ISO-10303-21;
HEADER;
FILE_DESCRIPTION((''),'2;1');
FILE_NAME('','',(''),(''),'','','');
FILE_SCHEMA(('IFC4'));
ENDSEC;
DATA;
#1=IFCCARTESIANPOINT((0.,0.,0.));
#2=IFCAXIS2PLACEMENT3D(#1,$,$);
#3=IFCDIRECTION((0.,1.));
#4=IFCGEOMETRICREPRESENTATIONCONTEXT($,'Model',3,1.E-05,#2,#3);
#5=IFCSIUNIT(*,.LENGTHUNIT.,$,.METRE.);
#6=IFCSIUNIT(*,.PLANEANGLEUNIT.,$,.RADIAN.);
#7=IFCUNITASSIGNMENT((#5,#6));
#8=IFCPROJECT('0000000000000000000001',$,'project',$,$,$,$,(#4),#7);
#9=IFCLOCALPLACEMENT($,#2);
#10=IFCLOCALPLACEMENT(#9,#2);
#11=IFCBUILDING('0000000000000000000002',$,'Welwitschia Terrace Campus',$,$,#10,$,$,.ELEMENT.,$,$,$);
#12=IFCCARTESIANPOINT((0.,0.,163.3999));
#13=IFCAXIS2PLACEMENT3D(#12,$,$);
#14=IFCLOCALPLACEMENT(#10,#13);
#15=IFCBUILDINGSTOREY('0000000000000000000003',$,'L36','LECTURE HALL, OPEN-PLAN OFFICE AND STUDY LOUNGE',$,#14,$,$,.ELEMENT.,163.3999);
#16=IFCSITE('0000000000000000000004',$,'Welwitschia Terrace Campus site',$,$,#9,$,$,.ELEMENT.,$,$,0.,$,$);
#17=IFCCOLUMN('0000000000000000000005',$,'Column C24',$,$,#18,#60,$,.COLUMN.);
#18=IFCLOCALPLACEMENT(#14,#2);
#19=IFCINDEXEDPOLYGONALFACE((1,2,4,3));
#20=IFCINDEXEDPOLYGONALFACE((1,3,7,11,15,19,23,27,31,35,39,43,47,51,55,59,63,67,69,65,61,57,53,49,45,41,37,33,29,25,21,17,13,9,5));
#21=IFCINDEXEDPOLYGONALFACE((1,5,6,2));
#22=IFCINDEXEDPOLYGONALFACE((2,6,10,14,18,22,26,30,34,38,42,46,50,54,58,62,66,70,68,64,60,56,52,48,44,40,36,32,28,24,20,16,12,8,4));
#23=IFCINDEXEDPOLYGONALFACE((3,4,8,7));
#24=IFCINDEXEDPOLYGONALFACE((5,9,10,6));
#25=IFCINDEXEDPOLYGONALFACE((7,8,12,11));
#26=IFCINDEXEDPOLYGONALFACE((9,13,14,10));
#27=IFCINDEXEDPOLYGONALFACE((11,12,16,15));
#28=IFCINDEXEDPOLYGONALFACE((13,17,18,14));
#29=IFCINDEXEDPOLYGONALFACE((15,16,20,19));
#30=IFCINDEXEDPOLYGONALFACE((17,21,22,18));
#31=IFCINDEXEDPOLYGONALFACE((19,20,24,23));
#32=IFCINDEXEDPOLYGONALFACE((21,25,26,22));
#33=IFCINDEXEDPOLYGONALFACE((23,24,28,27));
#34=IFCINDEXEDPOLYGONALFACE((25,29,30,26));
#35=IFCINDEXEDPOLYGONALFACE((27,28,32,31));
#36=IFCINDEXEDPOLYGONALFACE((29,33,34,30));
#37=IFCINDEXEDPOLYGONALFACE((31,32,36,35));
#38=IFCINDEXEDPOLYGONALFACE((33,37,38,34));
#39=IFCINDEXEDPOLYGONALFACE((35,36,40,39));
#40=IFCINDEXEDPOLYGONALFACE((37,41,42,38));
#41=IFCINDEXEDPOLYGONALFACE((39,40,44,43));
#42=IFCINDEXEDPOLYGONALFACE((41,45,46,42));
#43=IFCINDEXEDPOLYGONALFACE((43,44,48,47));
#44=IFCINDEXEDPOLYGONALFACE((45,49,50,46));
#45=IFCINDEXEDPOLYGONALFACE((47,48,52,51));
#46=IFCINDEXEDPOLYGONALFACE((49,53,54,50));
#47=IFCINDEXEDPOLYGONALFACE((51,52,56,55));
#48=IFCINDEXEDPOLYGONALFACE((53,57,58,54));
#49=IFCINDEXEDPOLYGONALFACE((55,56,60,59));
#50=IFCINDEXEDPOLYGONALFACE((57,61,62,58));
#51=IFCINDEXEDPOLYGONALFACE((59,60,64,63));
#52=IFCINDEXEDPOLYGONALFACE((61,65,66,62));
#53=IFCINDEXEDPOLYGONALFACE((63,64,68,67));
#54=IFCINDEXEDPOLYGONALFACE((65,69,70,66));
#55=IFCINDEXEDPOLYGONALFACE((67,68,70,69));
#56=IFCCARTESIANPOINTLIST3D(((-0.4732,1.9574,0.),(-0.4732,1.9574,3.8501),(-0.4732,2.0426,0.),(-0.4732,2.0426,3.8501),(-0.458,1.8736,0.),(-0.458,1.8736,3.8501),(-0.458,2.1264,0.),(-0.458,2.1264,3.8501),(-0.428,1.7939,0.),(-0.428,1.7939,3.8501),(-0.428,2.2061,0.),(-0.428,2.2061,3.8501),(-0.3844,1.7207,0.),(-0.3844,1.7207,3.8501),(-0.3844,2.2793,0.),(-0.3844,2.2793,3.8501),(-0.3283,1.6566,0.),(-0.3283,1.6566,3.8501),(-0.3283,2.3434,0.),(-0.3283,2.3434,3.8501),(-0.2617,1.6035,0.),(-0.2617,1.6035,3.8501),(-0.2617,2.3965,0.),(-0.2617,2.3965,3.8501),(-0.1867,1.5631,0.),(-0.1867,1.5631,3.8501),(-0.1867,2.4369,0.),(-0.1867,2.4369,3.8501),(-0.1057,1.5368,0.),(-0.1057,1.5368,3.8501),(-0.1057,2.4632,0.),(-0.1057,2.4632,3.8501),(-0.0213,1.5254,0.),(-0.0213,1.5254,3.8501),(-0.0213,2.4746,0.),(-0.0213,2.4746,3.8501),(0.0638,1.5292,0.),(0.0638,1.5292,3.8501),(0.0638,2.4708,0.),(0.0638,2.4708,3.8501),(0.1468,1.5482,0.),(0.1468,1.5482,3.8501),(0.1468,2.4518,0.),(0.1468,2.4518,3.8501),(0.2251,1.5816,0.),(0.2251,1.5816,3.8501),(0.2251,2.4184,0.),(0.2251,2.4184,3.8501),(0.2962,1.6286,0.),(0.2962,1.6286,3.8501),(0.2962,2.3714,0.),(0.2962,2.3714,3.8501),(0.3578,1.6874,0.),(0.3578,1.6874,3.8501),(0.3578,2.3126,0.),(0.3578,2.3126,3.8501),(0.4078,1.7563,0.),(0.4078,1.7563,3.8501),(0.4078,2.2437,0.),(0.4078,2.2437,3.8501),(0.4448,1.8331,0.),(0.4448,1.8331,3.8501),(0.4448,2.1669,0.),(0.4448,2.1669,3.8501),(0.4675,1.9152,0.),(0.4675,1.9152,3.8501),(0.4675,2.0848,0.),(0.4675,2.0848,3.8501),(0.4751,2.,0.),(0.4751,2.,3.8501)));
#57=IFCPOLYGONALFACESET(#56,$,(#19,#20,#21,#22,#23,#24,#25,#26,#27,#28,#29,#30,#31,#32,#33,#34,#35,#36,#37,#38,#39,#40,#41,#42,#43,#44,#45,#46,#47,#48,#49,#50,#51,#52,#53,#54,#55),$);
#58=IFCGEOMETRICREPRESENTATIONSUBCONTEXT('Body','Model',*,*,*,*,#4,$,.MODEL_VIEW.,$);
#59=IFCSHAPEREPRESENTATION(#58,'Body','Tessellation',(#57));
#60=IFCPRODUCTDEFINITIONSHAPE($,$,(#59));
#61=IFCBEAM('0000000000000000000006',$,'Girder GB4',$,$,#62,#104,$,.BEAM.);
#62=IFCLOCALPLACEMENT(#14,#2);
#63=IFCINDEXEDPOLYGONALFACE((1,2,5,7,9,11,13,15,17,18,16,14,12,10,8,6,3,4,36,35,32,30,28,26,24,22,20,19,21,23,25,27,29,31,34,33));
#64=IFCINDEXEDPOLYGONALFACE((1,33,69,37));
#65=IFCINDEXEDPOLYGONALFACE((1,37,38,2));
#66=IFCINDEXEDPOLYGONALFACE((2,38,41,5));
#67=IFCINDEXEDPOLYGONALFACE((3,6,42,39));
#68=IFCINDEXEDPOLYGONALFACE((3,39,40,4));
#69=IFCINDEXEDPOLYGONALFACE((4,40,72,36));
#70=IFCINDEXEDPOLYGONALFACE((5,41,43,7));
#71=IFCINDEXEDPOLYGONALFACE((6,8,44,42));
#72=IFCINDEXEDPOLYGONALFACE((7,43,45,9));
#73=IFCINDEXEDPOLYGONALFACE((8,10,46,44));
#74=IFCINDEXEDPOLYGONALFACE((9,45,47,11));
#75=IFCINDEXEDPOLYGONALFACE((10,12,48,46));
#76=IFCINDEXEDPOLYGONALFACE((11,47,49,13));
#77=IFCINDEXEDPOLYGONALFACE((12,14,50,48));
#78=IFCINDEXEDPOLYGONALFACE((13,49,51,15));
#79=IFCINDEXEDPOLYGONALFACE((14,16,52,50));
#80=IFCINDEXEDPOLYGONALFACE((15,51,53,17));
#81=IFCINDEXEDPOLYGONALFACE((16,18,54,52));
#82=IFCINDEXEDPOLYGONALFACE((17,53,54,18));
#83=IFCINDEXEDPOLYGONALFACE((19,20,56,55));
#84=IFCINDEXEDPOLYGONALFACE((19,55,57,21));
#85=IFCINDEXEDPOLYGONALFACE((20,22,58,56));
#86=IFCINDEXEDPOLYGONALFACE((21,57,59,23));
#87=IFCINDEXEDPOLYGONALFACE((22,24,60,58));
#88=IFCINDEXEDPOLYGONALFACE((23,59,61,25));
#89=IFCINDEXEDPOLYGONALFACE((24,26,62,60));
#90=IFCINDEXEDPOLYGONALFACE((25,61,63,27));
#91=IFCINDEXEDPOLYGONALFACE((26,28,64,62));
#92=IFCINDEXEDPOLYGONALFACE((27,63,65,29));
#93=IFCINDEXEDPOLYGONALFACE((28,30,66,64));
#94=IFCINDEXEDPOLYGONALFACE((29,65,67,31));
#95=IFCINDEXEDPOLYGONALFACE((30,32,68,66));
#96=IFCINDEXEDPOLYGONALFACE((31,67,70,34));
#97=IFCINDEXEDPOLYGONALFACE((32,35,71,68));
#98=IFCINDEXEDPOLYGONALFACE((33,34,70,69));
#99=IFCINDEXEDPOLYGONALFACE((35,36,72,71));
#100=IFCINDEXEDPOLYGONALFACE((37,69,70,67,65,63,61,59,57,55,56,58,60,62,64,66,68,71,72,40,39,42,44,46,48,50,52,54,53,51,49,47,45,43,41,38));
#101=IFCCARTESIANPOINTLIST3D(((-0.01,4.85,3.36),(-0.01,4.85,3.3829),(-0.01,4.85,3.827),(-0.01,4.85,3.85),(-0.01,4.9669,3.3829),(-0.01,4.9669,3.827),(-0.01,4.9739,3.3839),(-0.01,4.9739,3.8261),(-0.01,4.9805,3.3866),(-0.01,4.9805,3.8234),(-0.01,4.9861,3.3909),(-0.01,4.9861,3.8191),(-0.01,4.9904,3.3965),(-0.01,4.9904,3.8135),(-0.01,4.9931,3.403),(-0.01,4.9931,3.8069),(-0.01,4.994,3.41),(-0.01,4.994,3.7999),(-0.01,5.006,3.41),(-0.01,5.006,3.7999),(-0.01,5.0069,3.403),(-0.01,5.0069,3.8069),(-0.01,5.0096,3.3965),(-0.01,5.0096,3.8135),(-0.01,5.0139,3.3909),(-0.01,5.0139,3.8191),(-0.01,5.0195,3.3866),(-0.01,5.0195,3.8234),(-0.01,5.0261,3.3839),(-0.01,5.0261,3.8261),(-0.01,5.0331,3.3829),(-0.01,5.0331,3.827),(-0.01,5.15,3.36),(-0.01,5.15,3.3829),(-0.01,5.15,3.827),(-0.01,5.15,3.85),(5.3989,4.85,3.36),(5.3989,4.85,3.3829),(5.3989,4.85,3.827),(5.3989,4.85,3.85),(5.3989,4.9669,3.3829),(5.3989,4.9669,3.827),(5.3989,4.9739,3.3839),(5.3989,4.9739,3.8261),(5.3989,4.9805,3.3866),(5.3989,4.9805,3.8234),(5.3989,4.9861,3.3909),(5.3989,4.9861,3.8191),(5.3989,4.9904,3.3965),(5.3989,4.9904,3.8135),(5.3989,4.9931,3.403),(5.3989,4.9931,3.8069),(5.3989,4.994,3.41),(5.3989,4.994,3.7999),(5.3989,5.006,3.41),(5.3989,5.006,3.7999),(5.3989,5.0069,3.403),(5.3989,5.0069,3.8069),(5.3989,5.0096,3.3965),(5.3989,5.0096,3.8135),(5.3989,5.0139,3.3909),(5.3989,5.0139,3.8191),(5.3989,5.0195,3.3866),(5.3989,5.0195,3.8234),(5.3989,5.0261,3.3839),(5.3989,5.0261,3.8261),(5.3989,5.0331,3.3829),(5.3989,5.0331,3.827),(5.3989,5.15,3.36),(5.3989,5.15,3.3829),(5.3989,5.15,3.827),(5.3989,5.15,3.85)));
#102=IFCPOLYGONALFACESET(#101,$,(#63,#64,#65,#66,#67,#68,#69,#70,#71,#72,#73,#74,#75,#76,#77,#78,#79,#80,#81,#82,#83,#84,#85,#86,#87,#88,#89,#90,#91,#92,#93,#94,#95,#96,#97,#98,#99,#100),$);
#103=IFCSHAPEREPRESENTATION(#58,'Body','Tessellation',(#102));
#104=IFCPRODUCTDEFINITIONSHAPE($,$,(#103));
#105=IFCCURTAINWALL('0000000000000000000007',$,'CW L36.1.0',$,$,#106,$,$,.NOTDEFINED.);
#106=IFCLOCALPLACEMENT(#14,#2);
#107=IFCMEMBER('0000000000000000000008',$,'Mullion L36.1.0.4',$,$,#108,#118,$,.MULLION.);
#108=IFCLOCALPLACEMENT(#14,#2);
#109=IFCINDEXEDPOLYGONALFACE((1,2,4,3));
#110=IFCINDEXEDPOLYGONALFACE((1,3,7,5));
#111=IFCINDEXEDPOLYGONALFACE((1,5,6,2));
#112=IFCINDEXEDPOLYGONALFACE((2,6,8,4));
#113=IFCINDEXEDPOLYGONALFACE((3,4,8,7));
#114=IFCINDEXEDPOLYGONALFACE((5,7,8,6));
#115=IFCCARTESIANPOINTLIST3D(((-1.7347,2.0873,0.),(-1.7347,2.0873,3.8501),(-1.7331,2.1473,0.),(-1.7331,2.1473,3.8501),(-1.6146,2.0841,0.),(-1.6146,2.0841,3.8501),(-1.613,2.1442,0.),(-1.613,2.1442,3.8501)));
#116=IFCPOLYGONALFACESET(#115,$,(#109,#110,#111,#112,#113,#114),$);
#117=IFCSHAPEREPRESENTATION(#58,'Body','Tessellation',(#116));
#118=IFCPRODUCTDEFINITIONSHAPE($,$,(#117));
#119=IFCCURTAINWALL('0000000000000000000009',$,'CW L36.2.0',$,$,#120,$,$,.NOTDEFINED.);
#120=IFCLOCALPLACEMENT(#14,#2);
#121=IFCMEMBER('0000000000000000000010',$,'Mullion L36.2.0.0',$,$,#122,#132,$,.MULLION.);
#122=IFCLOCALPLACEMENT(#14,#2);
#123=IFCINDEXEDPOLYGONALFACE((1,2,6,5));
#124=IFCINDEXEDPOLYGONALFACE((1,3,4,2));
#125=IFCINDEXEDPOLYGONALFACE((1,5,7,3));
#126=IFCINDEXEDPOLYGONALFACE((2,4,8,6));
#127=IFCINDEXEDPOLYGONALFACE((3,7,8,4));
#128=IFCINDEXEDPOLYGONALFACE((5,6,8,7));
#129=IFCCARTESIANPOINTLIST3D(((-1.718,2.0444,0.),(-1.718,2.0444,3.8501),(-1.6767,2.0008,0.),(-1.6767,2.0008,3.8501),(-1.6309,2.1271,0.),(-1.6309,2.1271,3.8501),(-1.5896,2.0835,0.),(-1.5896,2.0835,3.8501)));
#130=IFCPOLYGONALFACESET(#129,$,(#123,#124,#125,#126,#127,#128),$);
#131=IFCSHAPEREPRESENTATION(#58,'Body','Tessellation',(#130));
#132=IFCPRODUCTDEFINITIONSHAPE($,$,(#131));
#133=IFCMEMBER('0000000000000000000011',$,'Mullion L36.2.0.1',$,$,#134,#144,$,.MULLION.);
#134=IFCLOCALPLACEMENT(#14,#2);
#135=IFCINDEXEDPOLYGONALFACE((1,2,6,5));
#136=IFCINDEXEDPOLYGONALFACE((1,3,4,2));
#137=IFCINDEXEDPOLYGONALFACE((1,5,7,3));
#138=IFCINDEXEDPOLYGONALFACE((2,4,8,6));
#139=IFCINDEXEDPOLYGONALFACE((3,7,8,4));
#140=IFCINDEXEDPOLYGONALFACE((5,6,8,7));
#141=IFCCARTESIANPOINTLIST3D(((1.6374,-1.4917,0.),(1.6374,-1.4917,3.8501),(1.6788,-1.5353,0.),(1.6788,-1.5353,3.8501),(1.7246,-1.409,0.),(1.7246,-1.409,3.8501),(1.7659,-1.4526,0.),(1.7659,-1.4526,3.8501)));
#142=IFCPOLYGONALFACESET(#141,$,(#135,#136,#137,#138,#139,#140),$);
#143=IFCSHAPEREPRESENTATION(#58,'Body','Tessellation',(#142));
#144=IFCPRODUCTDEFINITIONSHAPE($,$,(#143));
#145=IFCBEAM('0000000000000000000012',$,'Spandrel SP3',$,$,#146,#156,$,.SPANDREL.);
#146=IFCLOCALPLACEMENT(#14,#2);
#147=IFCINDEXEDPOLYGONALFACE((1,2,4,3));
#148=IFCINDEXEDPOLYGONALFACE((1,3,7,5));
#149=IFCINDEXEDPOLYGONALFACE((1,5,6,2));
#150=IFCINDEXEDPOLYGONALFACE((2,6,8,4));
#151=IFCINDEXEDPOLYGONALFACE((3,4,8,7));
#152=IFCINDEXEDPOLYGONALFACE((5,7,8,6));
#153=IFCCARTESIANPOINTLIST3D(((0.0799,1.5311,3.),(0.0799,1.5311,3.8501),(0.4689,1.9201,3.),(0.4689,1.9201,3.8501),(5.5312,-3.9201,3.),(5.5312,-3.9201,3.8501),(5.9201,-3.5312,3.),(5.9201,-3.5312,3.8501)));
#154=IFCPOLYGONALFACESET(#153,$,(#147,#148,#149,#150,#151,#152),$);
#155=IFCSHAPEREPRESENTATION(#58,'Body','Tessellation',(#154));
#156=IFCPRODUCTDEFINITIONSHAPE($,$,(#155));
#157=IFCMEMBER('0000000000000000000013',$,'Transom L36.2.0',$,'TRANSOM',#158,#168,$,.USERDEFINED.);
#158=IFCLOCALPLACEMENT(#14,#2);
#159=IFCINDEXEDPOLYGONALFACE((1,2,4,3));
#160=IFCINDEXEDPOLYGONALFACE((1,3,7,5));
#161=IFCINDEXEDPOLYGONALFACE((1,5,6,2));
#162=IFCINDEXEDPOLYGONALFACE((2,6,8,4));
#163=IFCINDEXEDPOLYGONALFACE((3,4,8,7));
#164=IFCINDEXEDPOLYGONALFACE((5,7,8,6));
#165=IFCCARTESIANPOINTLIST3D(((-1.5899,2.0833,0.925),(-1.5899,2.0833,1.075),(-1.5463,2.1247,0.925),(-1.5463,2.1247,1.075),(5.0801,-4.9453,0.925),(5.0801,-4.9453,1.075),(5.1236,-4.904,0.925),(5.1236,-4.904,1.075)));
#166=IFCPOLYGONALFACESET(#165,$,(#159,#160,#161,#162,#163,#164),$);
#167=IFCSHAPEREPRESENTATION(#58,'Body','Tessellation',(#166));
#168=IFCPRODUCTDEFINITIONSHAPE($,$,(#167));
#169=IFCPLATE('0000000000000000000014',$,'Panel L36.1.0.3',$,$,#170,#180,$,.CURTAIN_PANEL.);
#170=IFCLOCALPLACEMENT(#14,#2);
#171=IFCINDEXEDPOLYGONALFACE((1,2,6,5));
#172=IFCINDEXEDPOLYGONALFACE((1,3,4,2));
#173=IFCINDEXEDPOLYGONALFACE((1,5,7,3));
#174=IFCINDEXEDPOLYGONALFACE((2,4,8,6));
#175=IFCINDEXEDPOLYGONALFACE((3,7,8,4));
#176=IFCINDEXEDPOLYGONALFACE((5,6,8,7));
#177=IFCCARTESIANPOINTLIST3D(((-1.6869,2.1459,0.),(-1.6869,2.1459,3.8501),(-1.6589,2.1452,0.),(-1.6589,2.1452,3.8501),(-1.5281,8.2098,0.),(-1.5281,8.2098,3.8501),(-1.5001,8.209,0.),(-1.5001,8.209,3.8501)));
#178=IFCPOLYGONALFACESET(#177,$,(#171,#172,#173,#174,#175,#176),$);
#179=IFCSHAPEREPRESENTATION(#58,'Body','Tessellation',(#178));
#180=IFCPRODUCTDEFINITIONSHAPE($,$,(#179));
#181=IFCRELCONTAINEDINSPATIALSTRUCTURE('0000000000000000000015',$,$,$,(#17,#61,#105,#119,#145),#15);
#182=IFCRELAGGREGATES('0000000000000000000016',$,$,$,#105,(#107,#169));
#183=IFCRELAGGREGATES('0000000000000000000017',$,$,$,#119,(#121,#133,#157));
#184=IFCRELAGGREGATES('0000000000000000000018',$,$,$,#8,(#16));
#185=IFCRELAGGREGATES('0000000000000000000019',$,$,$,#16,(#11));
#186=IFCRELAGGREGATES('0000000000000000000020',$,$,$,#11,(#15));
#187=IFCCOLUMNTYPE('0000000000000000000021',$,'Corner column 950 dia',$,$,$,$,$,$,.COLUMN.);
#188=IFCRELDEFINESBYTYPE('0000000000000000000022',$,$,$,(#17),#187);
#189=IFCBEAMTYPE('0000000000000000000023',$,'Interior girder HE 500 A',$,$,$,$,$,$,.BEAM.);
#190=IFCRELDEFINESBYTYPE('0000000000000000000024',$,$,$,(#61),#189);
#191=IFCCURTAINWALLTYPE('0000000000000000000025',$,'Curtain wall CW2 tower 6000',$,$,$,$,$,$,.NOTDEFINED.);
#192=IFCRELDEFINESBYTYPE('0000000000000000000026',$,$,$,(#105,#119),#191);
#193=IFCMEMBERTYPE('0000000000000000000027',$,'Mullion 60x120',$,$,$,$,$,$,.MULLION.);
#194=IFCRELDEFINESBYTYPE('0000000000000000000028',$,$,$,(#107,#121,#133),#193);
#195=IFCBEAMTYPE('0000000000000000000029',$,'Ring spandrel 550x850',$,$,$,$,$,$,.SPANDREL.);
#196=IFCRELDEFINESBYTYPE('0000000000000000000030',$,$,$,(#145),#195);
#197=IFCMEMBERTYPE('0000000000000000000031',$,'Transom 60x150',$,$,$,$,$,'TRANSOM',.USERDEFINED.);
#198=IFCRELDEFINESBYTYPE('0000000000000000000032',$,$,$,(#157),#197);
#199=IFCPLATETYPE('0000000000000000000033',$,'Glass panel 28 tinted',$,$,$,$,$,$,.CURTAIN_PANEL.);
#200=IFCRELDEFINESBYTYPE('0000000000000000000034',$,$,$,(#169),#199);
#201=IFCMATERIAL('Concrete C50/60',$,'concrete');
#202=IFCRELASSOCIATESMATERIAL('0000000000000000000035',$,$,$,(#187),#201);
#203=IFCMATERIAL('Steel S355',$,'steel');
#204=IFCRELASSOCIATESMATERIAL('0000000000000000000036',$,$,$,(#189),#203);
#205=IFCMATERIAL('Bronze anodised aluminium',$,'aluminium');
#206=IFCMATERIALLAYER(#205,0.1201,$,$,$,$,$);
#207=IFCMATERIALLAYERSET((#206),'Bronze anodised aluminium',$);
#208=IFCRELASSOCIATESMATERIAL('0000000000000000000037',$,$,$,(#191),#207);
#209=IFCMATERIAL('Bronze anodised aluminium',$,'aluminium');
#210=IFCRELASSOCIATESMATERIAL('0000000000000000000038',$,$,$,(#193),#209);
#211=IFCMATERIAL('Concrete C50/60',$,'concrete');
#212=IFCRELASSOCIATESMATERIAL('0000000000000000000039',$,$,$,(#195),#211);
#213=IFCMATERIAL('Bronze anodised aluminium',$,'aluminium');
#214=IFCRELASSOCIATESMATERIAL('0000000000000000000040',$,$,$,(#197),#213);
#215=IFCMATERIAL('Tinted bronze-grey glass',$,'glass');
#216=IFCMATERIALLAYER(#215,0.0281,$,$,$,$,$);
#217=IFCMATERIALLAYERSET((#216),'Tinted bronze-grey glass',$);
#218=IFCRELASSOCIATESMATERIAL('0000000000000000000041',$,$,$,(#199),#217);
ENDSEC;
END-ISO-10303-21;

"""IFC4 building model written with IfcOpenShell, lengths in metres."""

from ifc_helpers import new_model, si_unit, direction, frame, origin, origin_2d, place, context, subcontext, project, spatial, rectangle, circle, i_section, extrude, material, layer, layer_set, material_profile, profile_set, type_object, element, aggregate, save


model = new_model("IFC4")

# Units and contexts
model_context = context("Model", 3, precision=1e-05, world=origin(), true_north=direction((0.0, 1.0)))
body_context = subcontext(model_context, "Body", "Model", "MODEL_VIEW")
ifc_project = project(units=[si_unit("LENGTHUNIT", "METRE"), si_unit("PLANEANGLEUNIT", "RADIAN")], contexts=[model_context])

# Site, building, storey
site_placement = place(None, origin())
site = spatial("IfcSite", under=ifc_project, at=site_placement, Name="Welwitschia Terrace Campus site", CompositionType="ELEMENT", RefElevation=0.0)
building_placement = place(site_placement, origin())
building = spatial("IfcBuilding", under=site, at=building_placement, Name="Welwitschia Terrace Campus", CompositionType="ELEMENT")
storey_placement = place(building_placement, frame((0.0, 0.0, 163.3999)))
storey = spatial("IfcBuildingStorey", under=building, at=storey_placement, Name="L36", Description="LECTURE HALL, OPEN-PLAN OFFICE AND STUDY LOUNGE", CompositionType="ELEMENT", Elevation=163.3999)

# Column
ifc_material_1 = material(Name="Concrete C50/60", Category="concrete")
ifc_material_profile_1 = material_profile(ifc_material_1, circle(Radius=0.4751, at=origin_2d()))
ifc_profile_set_1 = profile_set([ifc_material_profile_1], Name="Concrete C50/60")
column_type = type_object("IfcColumnType", Name="Corner column 950 dia", PredefinedType="COLUMN", material=ifc_profile_set_1)
column_placement = place(storey_placement, frame((0.0, 2.0, 0.0), z_axis=(0.0, 0.0, 1.0), x_axis=(1.0, 0.0, 0.0)))
element("IfcColumn", 1, at=column_placement, inside=storey, type_object=column_type, Name="Column C24", PredefinedType="COLUMN", context=body_context, shape_type="SweptSolid", body=[
    extrude(circle(Radius=0.4751, at=origin_2d()), origin(), (0.0, 0.0, 1.0), 3.8501),
])

# Beam
ifc_material_2 = material(Name="Steel S355", Category="steel")
ifc_material_profile_2 = material_profile(ifc_material_2, i_section(OverallWidth=0.3, OverallDepth=0.49, WebThickness=0.012, FlangeThickness=0.0229, FilletRadius=0.0271, at=origin_2d()))
ifc_profile_set_2 = profile_set([ifc_material_profile_2], Name="Steel S355")
beam_type_1 = type_object("IfcBeamType", Name="Interior girder HE 500 A", PredefinedType="BEAM", material=ifc_profile_set_2)
beam_1_placement = place(storey_placement, frame((-0.01, 5.0, 3.605), z_axis=(1.0, 0.0, 0.0), x_axis=(0.0, 1.0, 0.0)))
element("IfcBeam", 2, at=beam_1_placement, inside=storey, type_object=beam_type_1, Name="Girder GB4", PredefinedType="BEAM", context=body_context, shape_type="SweptSolid", body=[
    extrude(i_section(OverallWidth=0.3, OverallDepth=0.49, WebThickness=0.012, FlangeThickness=0.0229, FilletRadius=0.0271, at=origin_2d()), origin(), (0.0, 0.0, 1.0), 5.4089),
])

# Curtain wall, member
ifc_material_3 = material(Name="Bronze anodised aluminium", Category="aluminium")
ifc_layer_1 = layer(ifc_material_3, 0.1201)
ifc_layer_set_1 = layer_set([ifc_layer_1], Name="Bronze anodised aluminium")
curtain_wall_type = type_object("IfcCurtainWallType", Name="Curtain wall CW2 tower 6000", PredefinedType="NOTDEFINED", material=ifc_layer_set_1)
curtain_wall_1_placement = place(storey_placement, origin())
curtain_wall_1 = element("IfcCurtainWall", 3, at=curtain_wall_1_placement, inside=storey, type_object=curtain_wall_type, Name="CW L36.1.0", PredefinedType="NOTDEFINED")
ifc_material_4 = material(Name="Bronze anodised aluminium", Category="aluminium")
ifc_material_profile_3 = material_profile(ifc_material_4, rectangle(XDim=0.1201, YDim=0.0601, at=origin_2d()))
ifc_profile_set_3 = profile_set([ifc_material_profile_3], Name="Bronze anodised aluminium")
member_type_1 = type_object("IfcMemberType", Name="Mullion 60x120", PredefinedType="MULLION", material=ifc_profile_set_3)
member_1_placement = place(storey_placement, frame((-1.6738, 2.1157, 0.0), z_axis=(0.0, 0.0, 1.0), x_axis=(0.999657, -0.026177, 0.0)))
member_1 = element("IfcMember", 4, at=member_1_placement, type_object=member_type_1, Name="Mullion L36.1.0.4", PredefinedType="MULLION", context=body_context, shape_type="SweptSolid", body=[
    extrude(rectangle(XDim=0.1201, YDim=0.0601, at=origin_2d()), origin(), (0.0, 0.0, 1.0), 3.8501),
])

# Curtain wall, members
curtain_wall_2_placement = place(storey_placement, origin())
curtain_wall_2 = element("IfcCurtainWall", 5, at=curtain_wall_2_placement, inside=storey, type_object=curtain_wall_type, Name="CW L36.2.0", PredefinedType="NOTDEFINED")
member_2_placement = place(storey_placement, frame((-1.6538, 2.064, 0.0), z_axis=(0.0, 0.0, 1.0), x_axis=(0.725374, 0.688355, 0.0)))
member_2 = element("IfcMember", 6, at=member_2_placement, type_object=member_type_1, Name="Mullion L36.2.0.0", PredefinedType="MULLION", context=body_context, shape_type="SweptSolid", body=[
    extrude(rectangle(XDim=0.1201, YDim=0.0601, at=origin_2d()), origin(), (0.0, 0.0, 1.0), 3.8501),
])
member_3_placement = place(storey_placement, frame((1.7017, -1.4722, 0.0), z_axis=(0.0, 0.0, 1.0), x_axis=(0.725374, 0.688355, 0.0)))
member_3 = element("IfcMember", 7, at=member_3_placement, type_object=member_type_1, Name="Mullion L36.2.0.1", PredefinedType="MULLION", context=body_context, shape_type="SweptSolid", body=[
    extrude(rectangle(XDim=0.1201, YDim=0.0601, at=origin_2d()), origin(), (0.0, 0.0, 1.0), 3.8501),
])

# Beam
ifc_material_5 = material(Name="Concrete C50/60", Category="concrete")
ifc_material_profile_4 = material_profile(ifc_material_5, rectangle(XDim=0.55, YDim=0.8501, at=origin_2d()))
ifc_profile_set_4 = profile_set([ifc_material_profile_4], Name="Concrete C50/60")
beam_type_2 = type_object("IfcBeamType", Name="Ring spandrel 550x850", PredefinedType="SPANDREL", material=ifc_profile_set_4)
beam_2_placement = place(storey_placement, frame((0.2744, 1.7256, 3.425), z_axis=(0.707107, -0.707107, 0.0), x_axis=(0.707107, 0.707107, 0.0)))
element("IfcBeam", 8, at=beam_2_placement, inside=storey, type_object=beam_type_2, Name="Spandrel SP3", PredefinedType="SPANDREL", context=body_context, shape_type="SweptSolid", body=[
    extrude(rectangle(XDim=0.55, YDim=0.8501, at=origin_2d()), origin(), (0.0, 0.0, 1.0), 7.7092),
])

# Member
ifc_material_6 = material(Name="Bronze anodised aluminium", Category="aluminium")
ifc_material_profile_5 = material_profile(ifc_material_6, rectangle(XDim=0.0601, YDim=0.1499, at=origin_2d()))
ifc_profile_set_5 = profile_set([ifc_material_profile_5], Name="Bronze anodised aluminium")
member_type_2 = type_object("IfcMemberType", Name="Transom 60x150", ElementType="TRANSOM", PredefinedType="USERDEFINED", material=ifc_profile_set_5)
member_4_placement = place(storey_placement, frame((-1.5681, 2.104, 1.0), z_axis=(0.688358, -0.725371, 0.0), x_axis=(0.725371, 0.688358, 0.0)))
member_4 = element("IfcMember", 9, at=member_4_placement, type_object=member_type_2, Name="Transom L36.2.0", ObjectType="TRANSOM", PredefinedType="USERDEFINED", context=body_context, shape_type="SweptSolid", body=[
    extrude(rectangle(XDim=0.0601, YDim=0.1499, at=origin_2d()), origin(), (0.0, 0.0, 1.0), 9.6897),
])

# Plate
ifc_material_7 = material(Name="Tinted bronze-grey glass", Category="glass")
ifc_layer_2 = layer(ifc_material_7, 0.0281)
ifc_layer_set_2 = layer_set([ifc_layer_2], Name="Tinted bronze-grey glass")
plate_type = type_object("IfcPlateType", Name="Glass panel 28 tinted", PredefinedType="CURTAIN_PANEL", material=ifc_layer_set_2)
plate_1_placement = place(storey_placement, frame((-1.5935, 5.1775, 0.0), z_axis=(0.0, 0.0, 1.0), x_axis=(-0.026177, -0.999657, 0.0)))
plate_1 = element("IfcPlate", 10, at=plate_1_placement, type_object=plate_type, Name="Panel L36.1.0.3", PredefinedType="CURTAIN_PANEL", context=body_context, shape_type="SweptSolid", body=[
    extrude(rectangle(XDim=6.0659, YDim=0.0281, at=origin_2d()), origin(), (0.0, 0.0, 1.0), 3.8501),
])
aggregate(curtain_wall_1, [member_1, plate_1])
aggregate(curtain_wall_2, [member_2, member_3, member_4])

save(model, "model.ifc")
